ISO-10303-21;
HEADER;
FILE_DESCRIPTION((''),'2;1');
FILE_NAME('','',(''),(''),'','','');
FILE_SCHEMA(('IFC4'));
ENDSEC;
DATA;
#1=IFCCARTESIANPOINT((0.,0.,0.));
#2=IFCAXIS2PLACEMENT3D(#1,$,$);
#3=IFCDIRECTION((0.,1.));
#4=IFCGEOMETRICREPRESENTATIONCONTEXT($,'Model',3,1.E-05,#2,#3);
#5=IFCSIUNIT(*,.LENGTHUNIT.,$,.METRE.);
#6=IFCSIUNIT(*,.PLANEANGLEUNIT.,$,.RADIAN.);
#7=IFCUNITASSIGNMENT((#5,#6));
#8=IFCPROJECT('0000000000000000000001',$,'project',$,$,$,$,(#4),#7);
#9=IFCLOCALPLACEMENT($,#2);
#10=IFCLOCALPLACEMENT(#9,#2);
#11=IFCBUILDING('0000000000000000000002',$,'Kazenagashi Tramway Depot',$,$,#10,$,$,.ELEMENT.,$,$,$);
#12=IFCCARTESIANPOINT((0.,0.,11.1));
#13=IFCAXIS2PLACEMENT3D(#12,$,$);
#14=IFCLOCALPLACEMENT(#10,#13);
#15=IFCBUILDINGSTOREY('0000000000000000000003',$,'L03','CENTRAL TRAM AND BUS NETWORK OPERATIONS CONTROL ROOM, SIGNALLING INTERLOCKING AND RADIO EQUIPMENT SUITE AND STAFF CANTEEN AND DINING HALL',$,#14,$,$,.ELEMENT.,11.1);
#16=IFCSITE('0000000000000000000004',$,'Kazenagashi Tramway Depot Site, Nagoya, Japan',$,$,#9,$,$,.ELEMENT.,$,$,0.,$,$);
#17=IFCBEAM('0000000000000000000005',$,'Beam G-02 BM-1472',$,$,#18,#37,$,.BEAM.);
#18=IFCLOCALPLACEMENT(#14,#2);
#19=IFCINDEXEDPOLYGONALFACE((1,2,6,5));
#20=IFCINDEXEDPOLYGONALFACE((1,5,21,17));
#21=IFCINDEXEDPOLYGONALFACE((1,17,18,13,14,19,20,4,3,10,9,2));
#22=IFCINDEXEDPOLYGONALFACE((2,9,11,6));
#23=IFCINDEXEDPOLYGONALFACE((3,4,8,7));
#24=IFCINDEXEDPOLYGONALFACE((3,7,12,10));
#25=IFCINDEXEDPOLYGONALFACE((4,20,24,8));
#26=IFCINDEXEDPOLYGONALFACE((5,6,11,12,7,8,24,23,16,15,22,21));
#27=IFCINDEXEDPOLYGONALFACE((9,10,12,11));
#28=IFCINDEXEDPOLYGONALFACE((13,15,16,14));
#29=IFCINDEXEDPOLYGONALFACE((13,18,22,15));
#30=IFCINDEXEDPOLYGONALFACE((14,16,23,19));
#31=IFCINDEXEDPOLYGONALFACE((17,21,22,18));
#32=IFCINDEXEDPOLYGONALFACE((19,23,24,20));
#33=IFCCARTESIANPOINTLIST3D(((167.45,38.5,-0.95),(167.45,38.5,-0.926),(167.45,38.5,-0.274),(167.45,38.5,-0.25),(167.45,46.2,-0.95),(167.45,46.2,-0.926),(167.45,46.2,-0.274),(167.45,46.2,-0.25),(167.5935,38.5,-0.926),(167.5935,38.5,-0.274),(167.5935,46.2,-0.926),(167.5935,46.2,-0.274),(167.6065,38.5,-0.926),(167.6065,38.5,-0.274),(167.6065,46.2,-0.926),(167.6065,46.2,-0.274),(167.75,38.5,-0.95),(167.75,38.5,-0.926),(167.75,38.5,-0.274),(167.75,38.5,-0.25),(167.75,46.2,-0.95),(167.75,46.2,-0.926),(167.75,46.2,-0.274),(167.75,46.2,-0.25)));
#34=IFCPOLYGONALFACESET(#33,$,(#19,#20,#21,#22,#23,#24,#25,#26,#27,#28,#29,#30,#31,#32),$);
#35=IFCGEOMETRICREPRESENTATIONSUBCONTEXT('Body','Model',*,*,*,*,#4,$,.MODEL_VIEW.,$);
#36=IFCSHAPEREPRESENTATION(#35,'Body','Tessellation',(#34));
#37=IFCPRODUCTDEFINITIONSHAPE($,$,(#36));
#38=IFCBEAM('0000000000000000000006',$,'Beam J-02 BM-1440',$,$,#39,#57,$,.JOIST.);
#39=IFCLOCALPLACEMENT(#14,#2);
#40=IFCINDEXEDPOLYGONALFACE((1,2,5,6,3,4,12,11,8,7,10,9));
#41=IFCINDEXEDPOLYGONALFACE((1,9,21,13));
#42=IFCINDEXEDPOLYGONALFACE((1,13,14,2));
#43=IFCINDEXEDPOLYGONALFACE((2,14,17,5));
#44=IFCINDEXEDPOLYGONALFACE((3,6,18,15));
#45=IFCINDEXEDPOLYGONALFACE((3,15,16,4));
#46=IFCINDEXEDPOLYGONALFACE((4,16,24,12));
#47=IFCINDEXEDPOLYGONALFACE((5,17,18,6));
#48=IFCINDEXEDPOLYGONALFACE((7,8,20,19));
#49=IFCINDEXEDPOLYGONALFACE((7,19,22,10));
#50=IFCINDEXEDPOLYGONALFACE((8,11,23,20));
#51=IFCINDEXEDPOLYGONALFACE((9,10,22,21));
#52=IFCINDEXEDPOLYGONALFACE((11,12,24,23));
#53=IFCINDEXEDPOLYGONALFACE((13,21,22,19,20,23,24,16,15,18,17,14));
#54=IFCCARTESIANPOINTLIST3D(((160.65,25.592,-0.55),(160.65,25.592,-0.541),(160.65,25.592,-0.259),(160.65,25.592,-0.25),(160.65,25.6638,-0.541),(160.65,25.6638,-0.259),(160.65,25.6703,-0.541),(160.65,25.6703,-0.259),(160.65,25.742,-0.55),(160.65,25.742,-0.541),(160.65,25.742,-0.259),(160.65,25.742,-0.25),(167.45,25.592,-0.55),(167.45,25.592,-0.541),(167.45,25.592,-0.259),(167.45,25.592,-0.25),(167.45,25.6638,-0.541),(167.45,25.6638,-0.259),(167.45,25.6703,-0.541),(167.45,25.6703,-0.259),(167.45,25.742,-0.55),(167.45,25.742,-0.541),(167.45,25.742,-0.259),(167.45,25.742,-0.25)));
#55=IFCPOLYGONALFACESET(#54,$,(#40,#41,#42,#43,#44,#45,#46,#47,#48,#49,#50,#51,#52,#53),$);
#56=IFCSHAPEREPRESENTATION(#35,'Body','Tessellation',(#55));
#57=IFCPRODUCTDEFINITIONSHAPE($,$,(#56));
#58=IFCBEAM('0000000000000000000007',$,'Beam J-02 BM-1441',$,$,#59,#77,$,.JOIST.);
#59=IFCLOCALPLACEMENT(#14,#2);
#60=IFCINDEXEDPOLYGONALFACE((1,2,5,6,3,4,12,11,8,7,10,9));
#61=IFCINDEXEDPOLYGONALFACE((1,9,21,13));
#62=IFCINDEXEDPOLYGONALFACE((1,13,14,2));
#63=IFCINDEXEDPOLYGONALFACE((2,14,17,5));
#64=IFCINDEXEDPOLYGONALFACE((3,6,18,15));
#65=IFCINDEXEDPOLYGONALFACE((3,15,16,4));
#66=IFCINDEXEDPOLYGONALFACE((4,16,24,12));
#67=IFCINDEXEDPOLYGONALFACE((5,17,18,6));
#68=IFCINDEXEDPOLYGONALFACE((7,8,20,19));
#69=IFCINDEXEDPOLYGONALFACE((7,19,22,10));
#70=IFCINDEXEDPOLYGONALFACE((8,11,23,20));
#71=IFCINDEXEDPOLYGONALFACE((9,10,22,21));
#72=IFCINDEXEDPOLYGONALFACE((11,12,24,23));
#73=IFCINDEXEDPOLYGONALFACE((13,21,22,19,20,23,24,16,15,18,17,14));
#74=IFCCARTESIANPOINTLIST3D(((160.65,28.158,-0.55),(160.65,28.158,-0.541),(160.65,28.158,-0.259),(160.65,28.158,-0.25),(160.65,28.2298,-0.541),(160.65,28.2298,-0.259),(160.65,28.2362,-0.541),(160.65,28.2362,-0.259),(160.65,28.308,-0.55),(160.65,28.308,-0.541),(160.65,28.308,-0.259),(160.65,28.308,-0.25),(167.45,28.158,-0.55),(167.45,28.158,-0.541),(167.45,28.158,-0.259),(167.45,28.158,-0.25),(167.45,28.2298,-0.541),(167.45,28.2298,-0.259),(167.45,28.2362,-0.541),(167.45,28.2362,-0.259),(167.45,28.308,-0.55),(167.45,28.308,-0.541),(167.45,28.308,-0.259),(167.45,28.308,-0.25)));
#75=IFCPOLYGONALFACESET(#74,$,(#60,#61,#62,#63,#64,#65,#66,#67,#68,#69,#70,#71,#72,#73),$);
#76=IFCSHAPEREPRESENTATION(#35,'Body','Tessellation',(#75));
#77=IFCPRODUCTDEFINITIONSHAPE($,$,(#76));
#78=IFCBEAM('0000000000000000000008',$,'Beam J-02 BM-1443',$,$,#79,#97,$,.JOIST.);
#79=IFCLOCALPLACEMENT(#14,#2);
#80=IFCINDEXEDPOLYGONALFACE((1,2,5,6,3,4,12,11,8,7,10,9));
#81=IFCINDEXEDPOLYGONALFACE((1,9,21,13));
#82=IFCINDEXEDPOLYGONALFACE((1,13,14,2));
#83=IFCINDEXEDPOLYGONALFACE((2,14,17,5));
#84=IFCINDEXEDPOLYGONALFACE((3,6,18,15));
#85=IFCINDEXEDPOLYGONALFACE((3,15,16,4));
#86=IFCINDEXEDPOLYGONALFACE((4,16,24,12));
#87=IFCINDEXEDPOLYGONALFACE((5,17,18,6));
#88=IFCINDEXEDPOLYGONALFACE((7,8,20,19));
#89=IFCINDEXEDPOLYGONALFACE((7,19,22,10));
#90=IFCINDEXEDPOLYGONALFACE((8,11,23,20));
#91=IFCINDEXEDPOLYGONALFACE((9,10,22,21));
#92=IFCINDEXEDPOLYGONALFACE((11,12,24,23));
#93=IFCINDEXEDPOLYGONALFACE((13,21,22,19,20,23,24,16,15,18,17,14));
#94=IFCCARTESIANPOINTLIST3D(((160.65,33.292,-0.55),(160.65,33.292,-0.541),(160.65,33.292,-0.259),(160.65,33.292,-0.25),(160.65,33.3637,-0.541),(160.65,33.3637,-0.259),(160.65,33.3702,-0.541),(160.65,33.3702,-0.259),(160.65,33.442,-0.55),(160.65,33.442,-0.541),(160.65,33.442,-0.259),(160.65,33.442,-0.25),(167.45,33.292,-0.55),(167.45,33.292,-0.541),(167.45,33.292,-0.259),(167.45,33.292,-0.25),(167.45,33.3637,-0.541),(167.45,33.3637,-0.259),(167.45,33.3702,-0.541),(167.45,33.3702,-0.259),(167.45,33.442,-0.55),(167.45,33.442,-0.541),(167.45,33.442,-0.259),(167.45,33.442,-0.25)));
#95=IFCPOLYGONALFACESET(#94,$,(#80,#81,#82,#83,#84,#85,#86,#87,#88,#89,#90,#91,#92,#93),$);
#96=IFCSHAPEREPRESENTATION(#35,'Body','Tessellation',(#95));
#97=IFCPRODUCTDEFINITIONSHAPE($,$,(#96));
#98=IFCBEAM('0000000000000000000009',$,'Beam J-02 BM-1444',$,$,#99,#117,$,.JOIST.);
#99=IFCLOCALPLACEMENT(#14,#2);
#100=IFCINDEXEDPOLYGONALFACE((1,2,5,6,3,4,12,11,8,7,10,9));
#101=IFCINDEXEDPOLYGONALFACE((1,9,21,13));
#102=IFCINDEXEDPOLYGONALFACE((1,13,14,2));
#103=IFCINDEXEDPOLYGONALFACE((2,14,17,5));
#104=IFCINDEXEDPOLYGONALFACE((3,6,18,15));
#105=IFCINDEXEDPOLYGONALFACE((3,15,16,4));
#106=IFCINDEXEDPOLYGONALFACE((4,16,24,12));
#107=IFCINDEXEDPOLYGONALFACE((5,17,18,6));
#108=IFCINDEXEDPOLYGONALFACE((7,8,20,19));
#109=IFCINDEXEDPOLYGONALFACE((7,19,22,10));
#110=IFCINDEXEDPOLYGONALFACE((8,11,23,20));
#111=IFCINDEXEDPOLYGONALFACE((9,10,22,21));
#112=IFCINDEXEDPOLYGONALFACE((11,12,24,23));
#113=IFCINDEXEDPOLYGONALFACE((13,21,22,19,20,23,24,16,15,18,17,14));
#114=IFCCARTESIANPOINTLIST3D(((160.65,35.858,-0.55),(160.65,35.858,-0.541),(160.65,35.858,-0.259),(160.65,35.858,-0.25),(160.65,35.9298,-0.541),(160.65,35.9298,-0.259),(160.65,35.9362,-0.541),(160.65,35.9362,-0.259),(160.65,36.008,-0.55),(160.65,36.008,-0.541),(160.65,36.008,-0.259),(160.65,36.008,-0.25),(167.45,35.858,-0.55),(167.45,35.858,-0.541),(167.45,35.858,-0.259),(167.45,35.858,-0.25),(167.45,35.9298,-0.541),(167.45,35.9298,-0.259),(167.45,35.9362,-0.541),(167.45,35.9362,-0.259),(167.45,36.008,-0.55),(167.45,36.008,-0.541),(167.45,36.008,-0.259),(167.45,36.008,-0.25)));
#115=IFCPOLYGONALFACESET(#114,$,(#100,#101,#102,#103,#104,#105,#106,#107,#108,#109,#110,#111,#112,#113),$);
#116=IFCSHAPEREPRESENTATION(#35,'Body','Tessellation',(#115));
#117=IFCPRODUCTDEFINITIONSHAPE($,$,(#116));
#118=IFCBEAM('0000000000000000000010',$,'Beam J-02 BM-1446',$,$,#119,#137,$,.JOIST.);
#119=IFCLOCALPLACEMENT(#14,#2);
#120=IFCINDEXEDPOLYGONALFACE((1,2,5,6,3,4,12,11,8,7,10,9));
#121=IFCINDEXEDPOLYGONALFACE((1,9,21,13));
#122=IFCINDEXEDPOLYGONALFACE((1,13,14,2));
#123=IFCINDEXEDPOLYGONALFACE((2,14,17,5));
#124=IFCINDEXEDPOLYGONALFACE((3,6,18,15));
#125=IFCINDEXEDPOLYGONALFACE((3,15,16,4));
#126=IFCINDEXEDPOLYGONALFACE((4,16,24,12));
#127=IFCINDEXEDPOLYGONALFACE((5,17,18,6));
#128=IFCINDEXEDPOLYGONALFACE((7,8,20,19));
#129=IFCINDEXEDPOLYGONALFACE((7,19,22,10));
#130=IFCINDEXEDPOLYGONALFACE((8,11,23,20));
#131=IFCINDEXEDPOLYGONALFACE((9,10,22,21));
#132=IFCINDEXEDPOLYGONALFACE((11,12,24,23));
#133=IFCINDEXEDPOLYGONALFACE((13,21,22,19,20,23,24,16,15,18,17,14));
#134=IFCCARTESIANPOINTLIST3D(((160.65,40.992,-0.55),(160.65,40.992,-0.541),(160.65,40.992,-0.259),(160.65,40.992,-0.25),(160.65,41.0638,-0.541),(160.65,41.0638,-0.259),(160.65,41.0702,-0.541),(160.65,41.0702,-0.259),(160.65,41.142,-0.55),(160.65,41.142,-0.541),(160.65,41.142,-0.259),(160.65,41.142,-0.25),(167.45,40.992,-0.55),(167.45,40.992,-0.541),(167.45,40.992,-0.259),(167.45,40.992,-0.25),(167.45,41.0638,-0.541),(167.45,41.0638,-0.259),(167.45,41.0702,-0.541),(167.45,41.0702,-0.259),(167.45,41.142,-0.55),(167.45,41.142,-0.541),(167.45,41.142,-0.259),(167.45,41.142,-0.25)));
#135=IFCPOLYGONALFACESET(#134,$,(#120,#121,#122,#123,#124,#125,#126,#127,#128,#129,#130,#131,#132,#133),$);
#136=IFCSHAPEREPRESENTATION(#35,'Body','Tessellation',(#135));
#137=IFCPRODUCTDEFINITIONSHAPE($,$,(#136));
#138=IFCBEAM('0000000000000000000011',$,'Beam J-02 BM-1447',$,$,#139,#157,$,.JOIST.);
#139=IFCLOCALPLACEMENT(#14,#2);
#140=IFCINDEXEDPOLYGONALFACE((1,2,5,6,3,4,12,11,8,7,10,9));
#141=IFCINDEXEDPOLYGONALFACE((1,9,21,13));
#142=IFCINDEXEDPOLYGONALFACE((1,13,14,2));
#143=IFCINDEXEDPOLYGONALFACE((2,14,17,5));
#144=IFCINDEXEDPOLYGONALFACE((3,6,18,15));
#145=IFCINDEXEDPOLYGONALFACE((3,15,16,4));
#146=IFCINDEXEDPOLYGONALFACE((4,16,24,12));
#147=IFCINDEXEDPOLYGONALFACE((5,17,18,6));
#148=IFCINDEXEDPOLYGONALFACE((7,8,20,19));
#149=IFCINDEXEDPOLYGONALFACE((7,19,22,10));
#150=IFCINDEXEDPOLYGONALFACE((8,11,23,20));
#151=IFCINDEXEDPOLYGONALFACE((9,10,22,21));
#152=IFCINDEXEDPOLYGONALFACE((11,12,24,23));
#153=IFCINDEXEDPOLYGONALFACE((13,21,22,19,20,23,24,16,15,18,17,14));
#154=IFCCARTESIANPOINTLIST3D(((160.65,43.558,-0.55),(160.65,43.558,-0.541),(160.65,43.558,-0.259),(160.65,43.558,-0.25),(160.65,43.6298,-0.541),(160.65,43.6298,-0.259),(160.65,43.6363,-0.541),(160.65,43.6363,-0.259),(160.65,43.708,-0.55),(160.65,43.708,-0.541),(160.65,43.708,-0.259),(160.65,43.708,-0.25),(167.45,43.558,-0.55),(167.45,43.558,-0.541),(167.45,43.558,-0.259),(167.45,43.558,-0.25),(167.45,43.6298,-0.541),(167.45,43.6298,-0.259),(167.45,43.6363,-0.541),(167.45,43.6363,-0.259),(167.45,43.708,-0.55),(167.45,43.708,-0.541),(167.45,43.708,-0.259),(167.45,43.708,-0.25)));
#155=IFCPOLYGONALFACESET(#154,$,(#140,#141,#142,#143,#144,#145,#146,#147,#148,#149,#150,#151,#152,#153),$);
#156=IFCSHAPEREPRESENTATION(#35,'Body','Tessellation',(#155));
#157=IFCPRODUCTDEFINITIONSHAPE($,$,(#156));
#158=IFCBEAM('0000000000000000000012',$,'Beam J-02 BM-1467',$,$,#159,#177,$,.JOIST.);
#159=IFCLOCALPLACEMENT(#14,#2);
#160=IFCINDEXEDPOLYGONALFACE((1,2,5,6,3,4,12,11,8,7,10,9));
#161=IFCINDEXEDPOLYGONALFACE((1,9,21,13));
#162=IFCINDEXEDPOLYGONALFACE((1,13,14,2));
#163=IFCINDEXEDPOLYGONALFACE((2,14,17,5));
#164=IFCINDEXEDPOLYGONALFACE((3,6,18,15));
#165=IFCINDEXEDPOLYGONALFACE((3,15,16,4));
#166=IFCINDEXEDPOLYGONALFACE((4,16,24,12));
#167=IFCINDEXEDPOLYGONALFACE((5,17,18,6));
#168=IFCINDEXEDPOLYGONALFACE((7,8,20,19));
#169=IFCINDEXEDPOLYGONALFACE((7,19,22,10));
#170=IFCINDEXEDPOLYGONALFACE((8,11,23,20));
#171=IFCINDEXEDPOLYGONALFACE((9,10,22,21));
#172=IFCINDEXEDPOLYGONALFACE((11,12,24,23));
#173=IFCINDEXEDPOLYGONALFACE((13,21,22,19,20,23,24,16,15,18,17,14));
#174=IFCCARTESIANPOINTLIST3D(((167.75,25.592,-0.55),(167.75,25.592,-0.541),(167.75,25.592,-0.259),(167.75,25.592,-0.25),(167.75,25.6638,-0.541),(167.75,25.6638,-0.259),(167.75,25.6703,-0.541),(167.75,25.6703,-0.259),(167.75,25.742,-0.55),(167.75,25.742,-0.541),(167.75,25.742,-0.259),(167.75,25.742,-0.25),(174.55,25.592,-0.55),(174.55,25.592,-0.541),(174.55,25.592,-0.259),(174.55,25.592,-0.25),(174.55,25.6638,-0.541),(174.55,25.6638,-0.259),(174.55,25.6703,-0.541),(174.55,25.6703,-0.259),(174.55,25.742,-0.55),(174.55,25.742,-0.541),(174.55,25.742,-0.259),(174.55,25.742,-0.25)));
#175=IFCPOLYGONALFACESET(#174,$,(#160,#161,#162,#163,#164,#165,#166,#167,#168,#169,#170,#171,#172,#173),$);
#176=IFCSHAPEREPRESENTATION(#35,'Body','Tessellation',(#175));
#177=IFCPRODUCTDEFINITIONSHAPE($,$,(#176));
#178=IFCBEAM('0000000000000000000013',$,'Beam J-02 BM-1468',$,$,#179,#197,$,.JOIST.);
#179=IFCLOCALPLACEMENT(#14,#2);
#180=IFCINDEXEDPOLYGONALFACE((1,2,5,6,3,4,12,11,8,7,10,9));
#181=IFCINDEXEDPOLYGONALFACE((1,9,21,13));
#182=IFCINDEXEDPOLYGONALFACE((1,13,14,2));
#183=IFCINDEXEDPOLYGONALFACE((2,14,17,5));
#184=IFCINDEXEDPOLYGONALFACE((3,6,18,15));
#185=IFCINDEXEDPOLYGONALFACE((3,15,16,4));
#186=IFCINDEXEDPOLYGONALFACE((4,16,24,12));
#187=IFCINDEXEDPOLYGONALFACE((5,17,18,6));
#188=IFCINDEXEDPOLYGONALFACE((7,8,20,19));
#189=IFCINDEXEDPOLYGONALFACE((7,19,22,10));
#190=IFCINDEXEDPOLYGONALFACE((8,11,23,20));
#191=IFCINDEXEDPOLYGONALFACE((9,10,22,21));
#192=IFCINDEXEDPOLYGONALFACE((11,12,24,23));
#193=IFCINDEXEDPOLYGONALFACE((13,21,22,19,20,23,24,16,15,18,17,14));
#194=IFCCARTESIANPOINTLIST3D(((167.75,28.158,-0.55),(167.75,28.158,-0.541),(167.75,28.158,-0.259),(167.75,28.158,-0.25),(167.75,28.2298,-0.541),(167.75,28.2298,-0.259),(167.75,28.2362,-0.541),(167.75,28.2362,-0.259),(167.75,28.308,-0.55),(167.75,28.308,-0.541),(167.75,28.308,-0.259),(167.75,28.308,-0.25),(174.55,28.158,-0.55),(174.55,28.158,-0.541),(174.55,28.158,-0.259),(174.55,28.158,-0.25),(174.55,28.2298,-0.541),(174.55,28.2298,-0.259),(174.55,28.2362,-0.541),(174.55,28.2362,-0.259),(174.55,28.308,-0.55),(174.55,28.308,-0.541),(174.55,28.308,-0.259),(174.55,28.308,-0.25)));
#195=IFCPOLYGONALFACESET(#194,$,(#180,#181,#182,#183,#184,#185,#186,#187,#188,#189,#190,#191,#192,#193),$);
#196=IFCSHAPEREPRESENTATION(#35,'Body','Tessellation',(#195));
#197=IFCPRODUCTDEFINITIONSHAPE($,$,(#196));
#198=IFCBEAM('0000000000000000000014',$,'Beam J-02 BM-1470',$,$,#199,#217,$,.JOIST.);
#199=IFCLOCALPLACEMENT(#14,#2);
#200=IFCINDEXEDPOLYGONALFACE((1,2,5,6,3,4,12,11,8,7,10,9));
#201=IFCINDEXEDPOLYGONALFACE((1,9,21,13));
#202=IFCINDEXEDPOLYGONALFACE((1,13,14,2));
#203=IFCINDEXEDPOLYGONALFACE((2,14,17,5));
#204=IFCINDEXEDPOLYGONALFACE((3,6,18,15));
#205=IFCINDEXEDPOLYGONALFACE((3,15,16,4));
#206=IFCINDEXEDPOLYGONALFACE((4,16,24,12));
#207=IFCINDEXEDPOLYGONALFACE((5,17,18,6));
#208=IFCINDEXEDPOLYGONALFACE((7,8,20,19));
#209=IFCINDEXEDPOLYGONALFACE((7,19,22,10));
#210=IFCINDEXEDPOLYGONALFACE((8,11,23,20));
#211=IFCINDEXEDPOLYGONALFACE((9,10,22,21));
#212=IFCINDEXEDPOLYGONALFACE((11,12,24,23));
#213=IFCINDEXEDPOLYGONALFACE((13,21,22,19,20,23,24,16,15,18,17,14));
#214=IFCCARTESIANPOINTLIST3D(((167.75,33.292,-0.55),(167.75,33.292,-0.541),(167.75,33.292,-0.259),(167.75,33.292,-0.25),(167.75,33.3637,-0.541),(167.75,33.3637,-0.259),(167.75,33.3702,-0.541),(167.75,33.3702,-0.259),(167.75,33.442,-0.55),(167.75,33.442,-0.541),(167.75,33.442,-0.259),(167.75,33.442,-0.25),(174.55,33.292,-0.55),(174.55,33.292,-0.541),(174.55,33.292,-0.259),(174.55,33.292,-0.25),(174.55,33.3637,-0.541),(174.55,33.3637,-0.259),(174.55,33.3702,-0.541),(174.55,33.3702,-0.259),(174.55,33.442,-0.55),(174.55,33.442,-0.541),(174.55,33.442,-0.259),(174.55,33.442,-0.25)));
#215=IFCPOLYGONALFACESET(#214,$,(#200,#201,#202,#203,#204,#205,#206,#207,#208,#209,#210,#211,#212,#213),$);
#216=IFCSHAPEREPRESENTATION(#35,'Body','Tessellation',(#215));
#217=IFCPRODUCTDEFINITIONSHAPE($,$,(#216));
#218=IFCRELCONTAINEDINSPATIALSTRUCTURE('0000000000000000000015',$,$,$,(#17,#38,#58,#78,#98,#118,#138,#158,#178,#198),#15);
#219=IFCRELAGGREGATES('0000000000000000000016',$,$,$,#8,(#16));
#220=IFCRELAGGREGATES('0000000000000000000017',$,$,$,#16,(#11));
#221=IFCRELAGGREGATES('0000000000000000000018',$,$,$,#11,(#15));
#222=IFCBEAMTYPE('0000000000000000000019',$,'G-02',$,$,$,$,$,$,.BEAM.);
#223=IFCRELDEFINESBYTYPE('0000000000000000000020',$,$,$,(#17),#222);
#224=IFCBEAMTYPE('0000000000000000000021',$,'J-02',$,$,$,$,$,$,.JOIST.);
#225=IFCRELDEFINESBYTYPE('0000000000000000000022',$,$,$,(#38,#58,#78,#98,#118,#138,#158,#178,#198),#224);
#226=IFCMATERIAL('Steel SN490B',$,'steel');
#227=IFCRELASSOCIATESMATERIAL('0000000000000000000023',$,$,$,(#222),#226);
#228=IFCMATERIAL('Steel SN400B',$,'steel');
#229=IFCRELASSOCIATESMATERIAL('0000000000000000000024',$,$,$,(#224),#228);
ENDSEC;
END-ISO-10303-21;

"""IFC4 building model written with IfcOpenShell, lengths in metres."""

from ifc_helpers import new_model, si_unit, direction, frame, origin, origin_2d, place, context, subcontext, project, spatial, i_section, extrude, material, material_profile, profile_set, type_object, element, save


model = new_model("IFC4")

# Units and contexts
model_context = context("Model", 3, precision=1e-05, world=origin(), true_north=direction((0.0, 1.0)))
body_context = subcontext(model_context, "Body", "Model", "MODEL_VIEW")
ifc_project = project(units=[si_unit("LENGTHUNIT", "METRE"), si_unit("PLANEANGLEUNIT", "RADIAN")], contexts=[model_context])

# Site, building, storey
site_placement = place(None, origin())
site = spatial("IfcSite", under=ifc_project, at=site_placement, Name="Kazenagashi Tramway Depot Site, Nagoya, Japan", CompositionType="ELEMENT", RefElevation=0.0)
building_placement = place(site_placement, origin())
building = spatial("IfcBuilding", under=site, at=building_placement, Name="Kazenagashi Tramway Depot", CompositionType="ELEMENT")
storey_placement = place(building_placement, frame((0.0, 0.0, 11.1)))
storey = spatial("IfcBuildingStorey", under=building, at=storey_placement, Name="L03", Description="CENTRAL TRAM AND BUS NETWORK OPERATIONS CONTROL ROOM, SIGNALLING INTERLOCKING AND RADIO EQUIPMENT SUITE AND STAFF CANTEEN AND DINING HALL", CompositionType="ELEMENT", Elevation=11.1)

# Shared definitions
ifc_material_1 = material(Name="Steel SN490B", Category="steel")

# Beams
ifc_material_profile_1 = material_profile(ifc_material_1, i_section(OverallWidth=0.3, OverallDepth=0.7, WebThickness=0.013, FlangeThickness=0.024, at=origin_2d()), Name="H-700x300x13x24")
ifc_profile_set_1 = profile_set([ifc_material_profile_1], Name="Steel SN490B")
beam_type_1 = type_object("IfcBeamType", Name="G-02", PredefinedType="BEAM", material=ifc_profile_set_1)
for number, where, z_axis, x_axis, name in (
    (1, (167.6, 38.5, -0.6), (0.0, 1.0, 0.0), (-1.0, 0.0, 0.0), "Beam G-02 BM-1472"),
):
    element("IfcBeam", number, at=place(storey_placement, frame(where, z_axis=z_axis, x_axis=x_axis)), inside=storey, type_object=beam_type_1, Name=name, PredefinedType="BEAM", context=body_context, shape_type="SweptSolid", body=[
        extrude(i_section(OverallWidth=0.3, OverallDepth=0.7, WebThickness=0.013, FlangeThickness=0.024, at=origin_2d()), origin(), (0.0, 0.0, 1.0), 7.7),
    ])
ifc_material_2 = material(Name="Steel SN400B", Category="steel")
ifc_material_profile_2 = material_profile(ifc_material_2, i_section(OverallWidth=0.15, OverallDepth=0.3, WebThickness=0.0065, FlangeThickness=0.009, at=origin_2d()), Name="H-300x150x6.5x9")
ifc_profile_set_2 = profile_set([ifc_material_profile_2], Name="Steel SN400B")
beam_type_2 = type_object("IfcBeamType", Name="J-02", PredefinedType="JOIST", material=ifc_profile_set_2)
for number, where, z_axis, x_axis, name in (
    (2, (160.65, 25.667, -0.4), (1.0, 0.0, 0.0), (0.0, 1.0, 0.0), "Beam J-02 BM-1440"),
    (3, (160.65, 28.233, -0.4), (1.0, 0.0, 0.0), (0.0, 1.0, 0.0), "Beam J-02 BM-1441"),
    (4, (160.65, 33.367, -0.4), (1.0, 0.0, 0.0), (0.0, 1.0, 0.0), "Beam J-02 BM-1443"),
    (5, (160.65, 35.933, -0.4), (1.0, 0.0, 0.0), (0.0, 1.0, 0.0), "Beam J-02 BM-1444"),
    (6, (160.65, 41.067, -0.4), (1.0, 0.0, 0.0), (0.0, 1.0, 0.0), "Beam J-02 BM-1446"),
    (7, (160.65, 43.633, -0.4), (1.0, 0.0, 0.0), (0.0, 1.0, 0.0), "Beam J-02 BM-1447"),
    (8, (167.75, 25.667, -0.4), (1.0, 0.0, 0.0), (0.0, 1.0, 0.0), "Beam J-02 BM-1467"),
    (9, (167.75, 28.233, -0.4), (1.0, 0.0, 0.0), (0.0, 1.0, 0.0), "Beam J-02 BM-1468"),
    (10, (167.75, 33.367, -0.4), (1.0, 0.0, 0.0), (0.0, 1.0, 0.0), "Beam J-02 BM-1470"),
):
    element("IfcBeam", number, at=place(storey_placement, frame(where, z_axis=z_axis, x_axis=x_axis)), inside=storey, type_object=beam_type_2, Name=name, PredefinedType="JOIST", context=body_context, shape_type="SweptSolid", body=[
        extrude(i_section(OverallWidth=0.15, OverallDepth=0.3, WebThickness=0.0065, FlangeThickness=0.009, at=origin_2d()), origin(), (0.0, 0.0, 1.0), 6.8),
    ])

save(model, "model.ifc")
